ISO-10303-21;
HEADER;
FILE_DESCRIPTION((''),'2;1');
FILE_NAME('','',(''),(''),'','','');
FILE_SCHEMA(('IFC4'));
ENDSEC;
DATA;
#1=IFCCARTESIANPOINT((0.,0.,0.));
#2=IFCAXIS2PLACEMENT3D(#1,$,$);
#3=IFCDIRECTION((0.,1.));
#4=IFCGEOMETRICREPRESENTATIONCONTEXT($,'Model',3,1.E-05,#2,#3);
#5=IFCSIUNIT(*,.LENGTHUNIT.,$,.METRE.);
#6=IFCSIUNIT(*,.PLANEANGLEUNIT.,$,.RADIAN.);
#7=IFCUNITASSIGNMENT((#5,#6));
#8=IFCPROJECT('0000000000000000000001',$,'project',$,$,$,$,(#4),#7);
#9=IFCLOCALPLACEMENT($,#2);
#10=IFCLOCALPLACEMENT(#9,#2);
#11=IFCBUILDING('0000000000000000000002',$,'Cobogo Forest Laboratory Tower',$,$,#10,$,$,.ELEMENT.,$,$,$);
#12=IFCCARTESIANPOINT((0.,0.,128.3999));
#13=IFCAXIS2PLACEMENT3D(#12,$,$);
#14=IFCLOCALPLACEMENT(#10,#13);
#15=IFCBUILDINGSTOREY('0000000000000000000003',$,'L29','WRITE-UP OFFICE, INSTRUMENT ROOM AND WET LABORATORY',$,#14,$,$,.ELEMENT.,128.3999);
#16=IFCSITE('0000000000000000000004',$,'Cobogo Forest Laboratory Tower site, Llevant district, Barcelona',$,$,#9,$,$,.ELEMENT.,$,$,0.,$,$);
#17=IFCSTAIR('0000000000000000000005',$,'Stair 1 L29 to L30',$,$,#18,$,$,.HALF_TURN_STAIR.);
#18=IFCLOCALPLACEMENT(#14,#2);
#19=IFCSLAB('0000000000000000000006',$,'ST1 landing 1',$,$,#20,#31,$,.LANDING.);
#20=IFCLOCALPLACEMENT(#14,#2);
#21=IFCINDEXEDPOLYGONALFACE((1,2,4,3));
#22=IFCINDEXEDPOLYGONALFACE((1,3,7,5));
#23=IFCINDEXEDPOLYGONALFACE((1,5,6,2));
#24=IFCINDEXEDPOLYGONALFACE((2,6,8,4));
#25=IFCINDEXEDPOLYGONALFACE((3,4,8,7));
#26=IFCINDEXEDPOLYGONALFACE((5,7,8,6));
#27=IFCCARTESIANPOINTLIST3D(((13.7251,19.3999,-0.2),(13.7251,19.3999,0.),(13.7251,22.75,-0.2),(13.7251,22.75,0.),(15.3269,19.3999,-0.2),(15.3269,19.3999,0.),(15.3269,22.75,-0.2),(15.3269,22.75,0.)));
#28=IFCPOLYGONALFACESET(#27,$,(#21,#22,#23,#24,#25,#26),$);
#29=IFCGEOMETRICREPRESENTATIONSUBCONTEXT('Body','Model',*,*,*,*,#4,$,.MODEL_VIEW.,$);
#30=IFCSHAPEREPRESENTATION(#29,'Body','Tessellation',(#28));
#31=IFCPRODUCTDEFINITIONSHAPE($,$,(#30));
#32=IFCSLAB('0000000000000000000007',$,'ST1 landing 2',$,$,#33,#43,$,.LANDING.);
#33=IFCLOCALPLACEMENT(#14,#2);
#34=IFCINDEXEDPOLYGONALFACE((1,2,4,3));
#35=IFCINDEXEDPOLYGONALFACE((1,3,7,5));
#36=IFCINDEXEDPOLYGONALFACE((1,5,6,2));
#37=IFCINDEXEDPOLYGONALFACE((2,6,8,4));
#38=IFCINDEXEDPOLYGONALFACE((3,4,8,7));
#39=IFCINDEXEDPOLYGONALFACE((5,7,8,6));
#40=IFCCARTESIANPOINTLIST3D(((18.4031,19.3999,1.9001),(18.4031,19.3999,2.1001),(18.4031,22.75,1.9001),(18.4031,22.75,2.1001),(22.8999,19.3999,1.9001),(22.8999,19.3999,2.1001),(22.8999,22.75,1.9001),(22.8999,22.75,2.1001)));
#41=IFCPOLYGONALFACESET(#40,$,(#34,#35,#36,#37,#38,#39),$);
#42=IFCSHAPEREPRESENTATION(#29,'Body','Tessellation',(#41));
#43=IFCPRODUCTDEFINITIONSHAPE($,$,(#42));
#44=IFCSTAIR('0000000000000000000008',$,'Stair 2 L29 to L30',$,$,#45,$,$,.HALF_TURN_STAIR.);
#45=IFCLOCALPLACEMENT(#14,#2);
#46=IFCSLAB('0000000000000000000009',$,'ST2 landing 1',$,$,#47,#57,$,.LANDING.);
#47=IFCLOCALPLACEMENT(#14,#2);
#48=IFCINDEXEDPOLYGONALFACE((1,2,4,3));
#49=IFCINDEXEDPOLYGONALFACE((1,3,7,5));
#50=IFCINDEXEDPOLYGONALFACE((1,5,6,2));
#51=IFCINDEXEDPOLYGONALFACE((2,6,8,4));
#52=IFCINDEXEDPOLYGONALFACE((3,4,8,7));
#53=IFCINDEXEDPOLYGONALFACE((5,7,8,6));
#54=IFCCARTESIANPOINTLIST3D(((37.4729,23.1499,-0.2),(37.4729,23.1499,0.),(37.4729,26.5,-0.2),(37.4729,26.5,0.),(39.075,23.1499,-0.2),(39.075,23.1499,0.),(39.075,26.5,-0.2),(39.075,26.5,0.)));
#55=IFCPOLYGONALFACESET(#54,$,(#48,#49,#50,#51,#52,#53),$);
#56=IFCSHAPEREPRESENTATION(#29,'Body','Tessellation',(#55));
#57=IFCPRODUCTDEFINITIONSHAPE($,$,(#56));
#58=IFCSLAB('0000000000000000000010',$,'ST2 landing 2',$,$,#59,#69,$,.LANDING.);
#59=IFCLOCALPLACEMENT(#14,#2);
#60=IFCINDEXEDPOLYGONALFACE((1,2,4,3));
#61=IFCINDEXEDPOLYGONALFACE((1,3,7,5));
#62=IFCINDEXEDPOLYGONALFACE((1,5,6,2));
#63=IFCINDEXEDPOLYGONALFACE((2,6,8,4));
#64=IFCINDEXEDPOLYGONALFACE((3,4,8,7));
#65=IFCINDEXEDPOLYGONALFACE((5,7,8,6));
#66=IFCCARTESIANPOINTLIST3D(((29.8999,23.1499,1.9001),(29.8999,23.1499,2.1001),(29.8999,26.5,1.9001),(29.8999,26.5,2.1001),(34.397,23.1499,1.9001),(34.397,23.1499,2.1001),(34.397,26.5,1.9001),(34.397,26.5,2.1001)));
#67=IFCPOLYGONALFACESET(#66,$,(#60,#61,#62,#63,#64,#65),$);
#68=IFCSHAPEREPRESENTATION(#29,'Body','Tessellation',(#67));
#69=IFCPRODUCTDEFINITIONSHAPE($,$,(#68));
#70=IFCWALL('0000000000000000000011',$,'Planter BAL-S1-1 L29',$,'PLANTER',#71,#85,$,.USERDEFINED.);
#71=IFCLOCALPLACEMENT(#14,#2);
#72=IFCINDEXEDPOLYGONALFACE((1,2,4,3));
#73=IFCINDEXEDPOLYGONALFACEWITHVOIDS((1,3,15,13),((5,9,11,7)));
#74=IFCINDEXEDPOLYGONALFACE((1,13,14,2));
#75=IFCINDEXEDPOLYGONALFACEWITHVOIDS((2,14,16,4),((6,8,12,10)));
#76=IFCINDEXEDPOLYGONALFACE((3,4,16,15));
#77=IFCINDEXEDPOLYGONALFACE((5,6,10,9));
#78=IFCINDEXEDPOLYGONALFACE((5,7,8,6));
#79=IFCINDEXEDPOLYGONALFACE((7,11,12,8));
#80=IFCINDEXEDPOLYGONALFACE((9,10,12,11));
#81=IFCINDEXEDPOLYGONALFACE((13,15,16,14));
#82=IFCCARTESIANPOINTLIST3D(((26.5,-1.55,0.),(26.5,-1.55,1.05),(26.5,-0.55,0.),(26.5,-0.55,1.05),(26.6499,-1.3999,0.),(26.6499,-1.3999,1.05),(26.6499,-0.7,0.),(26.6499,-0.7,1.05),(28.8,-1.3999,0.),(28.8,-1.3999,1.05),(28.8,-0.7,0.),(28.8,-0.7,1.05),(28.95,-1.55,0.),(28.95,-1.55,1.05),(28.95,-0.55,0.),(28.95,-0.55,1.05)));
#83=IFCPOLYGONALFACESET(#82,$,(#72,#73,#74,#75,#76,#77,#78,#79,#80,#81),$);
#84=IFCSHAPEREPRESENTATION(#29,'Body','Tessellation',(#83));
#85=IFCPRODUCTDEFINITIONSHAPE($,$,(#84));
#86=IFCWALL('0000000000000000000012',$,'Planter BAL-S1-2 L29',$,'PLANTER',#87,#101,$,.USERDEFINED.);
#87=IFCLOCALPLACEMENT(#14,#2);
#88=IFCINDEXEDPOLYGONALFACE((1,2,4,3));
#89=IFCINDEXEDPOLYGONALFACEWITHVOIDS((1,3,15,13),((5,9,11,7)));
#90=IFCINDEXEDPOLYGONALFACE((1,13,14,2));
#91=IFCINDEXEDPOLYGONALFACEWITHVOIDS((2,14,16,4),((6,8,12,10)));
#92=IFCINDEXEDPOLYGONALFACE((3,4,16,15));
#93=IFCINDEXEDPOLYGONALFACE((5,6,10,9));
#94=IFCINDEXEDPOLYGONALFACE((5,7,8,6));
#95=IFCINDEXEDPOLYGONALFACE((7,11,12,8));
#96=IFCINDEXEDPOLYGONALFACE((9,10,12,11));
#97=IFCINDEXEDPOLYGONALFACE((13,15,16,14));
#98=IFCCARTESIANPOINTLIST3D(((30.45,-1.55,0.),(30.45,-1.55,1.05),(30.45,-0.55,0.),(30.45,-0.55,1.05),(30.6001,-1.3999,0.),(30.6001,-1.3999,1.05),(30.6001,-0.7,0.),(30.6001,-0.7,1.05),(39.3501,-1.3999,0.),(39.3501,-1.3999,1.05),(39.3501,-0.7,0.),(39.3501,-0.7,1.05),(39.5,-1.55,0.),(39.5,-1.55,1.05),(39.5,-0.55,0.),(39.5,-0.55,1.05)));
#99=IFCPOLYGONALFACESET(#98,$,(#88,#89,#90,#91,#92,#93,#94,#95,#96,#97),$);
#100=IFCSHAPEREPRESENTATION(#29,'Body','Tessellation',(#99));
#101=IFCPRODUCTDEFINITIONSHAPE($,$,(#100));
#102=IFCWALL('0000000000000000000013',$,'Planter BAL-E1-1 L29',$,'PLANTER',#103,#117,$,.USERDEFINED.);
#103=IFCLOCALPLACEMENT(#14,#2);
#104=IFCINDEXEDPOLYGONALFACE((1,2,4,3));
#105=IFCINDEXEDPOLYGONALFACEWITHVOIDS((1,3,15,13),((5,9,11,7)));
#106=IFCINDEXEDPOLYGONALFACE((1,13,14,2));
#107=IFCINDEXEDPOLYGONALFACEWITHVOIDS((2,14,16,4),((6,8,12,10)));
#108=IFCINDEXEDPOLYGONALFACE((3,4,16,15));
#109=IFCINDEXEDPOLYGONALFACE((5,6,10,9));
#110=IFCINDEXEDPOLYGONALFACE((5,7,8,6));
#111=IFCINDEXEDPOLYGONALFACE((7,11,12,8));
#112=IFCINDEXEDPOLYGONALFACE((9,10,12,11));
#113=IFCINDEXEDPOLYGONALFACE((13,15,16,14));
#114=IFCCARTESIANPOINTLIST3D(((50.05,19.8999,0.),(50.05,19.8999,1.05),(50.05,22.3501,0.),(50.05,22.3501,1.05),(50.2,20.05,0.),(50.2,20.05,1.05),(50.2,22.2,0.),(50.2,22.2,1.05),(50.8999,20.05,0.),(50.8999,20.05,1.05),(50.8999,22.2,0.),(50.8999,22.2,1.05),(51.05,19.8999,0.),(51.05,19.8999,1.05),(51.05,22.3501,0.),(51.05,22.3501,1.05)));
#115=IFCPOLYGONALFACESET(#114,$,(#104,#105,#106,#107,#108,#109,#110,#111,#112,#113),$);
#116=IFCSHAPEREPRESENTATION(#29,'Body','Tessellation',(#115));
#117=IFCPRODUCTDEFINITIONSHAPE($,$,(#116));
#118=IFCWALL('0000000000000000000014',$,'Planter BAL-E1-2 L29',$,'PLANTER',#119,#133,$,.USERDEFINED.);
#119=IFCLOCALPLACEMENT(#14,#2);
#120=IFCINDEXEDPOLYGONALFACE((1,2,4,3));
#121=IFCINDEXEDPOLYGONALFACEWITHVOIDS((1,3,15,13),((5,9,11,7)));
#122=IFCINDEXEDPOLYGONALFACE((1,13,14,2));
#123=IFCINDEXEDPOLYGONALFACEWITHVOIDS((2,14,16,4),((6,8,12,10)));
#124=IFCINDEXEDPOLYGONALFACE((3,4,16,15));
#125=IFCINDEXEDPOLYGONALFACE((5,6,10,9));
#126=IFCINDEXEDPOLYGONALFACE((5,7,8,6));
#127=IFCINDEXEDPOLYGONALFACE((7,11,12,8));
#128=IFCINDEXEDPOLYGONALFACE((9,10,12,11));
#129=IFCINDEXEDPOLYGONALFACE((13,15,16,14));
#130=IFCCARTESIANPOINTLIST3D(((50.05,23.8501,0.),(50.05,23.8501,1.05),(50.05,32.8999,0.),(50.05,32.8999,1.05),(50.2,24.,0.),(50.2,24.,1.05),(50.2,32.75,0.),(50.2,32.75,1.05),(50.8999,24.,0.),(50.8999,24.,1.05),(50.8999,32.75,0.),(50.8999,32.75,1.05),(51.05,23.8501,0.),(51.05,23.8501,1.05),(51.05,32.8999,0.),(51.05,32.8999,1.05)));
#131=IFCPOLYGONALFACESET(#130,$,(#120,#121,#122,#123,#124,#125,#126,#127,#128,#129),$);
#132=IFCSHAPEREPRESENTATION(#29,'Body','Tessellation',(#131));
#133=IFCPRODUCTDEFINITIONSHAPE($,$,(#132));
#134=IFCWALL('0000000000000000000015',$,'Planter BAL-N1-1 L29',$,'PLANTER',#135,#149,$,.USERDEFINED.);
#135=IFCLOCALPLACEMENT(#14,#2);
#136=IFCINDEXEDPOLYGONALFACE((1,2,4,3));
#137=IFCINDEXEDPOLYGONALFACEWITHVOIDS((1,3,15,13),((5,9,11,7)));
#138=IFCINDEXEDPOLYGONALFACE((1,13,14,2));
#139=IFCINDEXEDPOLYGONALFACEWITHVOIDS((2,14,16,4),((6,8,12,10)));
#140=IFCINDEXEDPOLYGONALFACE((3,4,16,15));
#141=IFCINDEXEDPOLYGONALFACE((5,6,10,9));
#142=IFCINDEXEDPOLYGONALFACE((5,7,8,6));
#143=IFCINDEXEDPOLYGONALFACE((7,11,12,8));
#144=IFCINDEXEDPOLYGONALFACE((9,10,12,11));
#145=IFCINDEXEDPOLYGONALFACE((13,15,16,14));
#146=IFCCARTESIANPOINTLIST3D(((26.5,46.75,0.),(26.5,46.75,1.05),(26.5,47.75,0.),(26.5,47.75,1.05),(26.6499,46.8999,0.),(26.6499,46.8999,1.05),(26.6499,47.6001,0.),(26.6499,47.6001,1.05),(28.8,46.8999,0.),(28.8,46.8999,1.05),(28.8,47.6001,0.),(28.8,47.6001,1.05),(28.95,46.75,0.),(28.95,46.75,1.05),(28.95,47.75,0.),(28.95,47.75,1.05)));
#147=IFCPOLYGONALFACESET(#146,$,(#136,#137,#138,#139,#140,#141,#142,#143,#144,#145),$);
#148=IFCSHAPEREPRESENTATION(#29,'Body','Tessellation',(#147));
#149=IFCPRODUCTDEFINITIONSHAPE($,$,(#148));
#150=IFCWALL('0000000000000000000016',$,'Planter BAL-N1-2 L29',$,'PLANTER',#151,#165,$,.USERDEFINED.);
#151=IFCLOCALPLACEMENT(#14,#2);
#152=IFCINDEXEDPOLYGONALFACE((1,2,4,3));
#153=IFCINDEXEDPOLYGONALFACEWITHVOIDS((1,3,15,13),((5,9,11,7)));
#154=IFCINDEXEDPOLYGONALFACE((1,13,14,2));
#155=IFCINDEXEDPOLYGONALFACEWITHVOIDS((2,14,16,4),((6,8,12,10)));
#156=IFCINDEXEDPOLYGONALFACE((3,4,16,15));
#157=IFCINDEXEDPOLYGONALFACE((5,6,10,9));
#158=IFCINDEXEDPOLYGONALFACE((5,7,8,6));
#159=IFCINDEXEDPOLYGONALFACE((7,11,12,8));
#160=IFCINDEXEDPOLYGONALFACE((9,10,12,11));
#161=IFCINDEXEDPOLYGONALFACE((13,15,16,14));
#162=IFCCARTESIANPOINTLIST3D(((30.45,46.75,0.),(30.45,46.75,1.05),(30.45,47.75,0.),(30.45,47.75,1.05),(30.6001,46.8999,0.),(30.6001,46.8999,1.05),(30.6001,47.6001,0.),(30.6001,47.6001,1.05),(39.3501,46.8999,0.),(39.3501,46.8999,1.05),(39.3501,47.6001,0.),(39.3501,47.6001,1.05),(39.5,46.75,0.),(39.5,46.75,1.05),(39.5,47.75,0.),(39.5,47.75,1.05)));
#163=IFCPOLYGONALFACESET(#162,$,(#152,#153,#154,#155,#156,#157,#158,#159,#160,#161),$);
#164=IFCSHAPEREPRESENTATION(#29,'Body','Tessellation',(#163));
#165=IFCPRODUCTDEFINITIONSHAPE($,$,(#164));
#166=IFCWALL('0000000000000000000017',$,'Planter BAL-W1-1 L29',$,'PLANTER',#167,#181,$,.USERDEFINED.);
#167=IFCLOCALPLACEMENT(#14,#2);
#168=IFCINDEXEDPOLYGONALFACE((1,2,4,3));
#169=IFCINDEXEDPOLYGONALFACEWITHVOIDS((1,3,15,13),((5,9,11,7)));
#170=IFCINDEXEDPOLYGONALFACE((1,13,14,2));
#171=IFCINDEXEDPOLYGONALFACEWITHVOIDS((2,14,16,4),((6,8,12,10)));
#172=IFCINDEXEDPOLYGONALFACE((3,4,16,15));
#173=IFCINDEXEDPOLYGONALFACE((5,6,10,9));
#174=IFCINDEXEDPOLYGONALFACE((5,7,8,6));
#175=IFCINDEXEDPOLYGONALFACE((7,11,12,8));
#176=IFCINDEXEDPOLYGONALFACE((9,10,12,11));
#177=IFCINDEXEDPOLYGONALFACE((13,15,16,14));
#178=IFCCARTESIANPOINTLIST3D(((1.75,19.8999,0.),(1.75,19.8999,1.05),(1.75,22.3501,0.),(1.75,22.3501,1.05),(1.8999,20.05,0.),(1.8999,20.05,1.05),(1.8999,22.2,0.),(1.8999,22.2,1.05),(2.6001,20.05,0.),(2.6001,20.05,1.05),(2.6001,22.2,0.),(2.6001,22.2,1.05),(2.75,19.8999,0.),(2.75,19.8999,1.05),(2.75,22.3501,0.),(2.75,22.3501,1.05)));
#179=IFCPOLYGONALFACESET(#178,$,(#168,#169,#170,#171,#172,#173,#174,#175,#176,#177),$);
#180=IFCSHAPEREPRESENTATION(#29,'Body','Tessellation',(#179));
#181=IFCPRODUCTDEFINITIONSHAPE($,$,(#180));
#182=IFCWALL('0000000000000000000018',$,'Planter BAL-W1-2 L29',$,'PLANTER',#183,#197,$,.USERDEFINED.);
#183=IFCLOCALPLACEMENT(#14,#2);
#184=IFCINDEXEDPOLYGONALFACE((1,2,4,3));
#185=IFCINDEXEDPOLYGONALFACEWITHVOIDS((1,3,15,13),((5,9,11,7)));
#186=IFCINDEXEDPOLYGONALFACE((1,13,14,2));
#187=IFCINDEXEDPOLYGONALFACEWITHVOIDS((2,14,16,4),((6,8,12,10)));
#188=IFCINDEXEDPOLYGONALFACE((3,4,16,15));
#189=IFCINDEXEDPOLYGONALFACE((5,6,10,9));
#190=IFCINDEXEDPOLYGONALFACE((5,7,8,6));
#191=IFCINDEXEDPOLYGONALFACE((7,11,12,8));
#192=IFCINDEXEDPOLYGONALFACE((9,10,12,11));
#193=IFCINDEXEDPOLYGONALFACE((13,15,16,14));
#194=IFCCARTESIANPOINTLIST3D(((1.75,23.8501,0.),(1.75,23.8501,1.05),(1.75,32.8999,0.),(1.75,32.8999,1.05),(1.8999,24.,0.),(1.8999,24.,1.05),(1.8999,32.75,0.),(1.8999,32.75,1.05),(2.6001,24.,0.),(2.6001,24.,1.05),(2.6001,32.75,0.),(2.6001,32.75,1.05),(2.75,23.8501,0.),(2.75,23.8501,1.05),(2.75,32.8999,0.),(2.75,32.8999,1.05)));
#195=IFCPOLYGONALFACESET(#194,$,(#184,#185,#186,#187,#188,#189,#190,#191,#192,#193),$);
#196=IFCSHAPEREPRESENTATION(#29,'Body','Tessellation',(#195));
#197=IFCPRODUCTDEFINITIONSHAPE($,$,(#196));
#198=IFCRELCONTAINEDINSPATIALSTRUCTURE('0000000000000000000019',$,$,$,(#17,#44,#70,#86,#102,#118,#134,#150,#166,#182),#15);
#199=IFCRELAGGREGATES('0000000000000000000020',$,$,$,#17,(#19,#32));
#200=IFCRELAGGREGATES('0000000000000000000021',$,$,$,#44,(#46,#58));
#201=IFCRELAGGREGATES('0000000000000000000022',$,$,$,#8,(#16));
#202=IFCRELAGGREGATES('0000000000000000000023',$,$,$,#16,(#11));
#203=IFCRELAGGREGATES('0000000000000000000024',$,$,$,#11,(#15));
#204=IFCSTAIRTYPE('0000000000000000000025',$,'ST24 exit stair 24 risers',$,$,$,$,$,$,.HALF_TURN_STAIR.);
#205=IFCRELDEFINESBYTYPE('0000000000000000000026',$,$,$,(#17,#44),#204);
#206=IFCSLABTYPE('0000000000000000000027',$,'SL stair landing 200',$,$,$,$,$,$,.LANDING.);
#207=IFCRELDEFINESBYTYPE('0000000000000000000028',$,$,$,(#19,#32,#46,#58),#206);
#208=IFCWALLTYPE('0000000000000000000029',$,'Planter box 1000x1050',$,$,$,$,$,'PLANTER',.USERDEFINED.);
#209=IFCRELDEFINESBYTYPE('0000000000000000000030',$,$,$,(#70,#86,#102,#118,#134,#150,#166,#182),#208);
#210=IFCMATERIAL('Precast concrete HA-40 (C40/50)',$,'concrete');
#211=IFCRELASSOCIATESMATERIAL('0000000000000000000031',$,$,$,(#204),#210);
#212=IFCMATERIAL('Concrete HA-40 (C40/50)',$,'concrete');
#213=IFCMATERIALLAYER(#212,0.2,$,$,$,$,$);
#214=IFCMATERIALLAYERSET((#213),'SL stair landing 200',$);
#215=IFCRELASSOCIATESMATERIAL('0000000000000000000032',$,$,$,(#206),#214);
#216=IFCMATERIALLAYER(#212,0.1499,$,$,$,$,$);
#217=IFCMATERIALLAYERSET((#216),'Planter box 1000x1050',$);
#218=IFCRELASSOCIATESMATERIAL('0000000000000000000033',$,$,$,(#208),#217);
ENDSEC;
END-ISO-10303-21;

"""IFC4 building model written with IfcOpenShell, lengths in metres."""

from ifc_helpers import new_model, si_unit, direction, frame, origin, place, context, subcontext, project, spatial, polyline, outline, extrude, material, layer, layer_set, type_object, element, aggregate, save


model = new_model("IFC4")

# Units and contexts
model_context = context("Model", 3, precision=1e-05, world=origin(), true_north=direction((0.0, 1.0)))
body_context = subcontext(model_context, "Body", "Model", "MODEL_VIEW")
ifc_project = project(units=[si_unit("LENGTHUNIT", "METRE"), si_unit("PLANEANGLEUNIT", "RADIAN")], contexts=[model_context])

# Site, building, storey
site_placement = place(None, origin())
site = spatial("IfcSite", under=ifc_project, at=site_placement, Name="Cobogo Forest Laboratory Tower site, Llevant district, Barcelona", CompositionType="ELEMENT", RefElevation=0.0)
building_placement = place(site_placement, origin())
building = spatial("IfcBuilding", under=site, at=building_placement, Name="Cobogo Forest Laboratory Tower", CompositionType="ELEMENT")
storey_placement = place(building_placement, frame((0.0, 0.0, 128.3999)))
storey = spatial("IfcBuildingStorey", under=building, at=storey_placement, Name="L29", Description="WRITE-UP OFFICE, INSTRUMENT ROOM AND WET LABORATORY", CompositionType="ELEMENT", Elevation=128.3999)

# Shared definitions
ifc_material_1 = material(Name="Concrete HA-40 (C40/50)", Category="concrete")

# Stairs, slabs
ifc_material_2 = material(Name="Precast concrete HA-40 (C40/50)", Category="concrete")
stair_type = type_object("IfcStairType", Name="ST24 exit stair 24 risers", PredefinedType="HALF_TURN_STAIR", material=ifc_material_2)
stair_1_placement = place(storey_placement, origin())
stair_1 = element("IfcStair", 1, at=stair_1_placement, inside=storey, type_object=stair_type, Name="Stair 1 L29 to L30", PredefinedType="HALF_TURN_STAIR")
ifc_layer_1 = layer(ifc_material_1, 0.2)
ifc_layer_set_1 = layer_set([ifc_layer_1], Name="SL stair landing 200")
slab_type_1 = type_object("IfcSlabType", Name="SL stair landing 200", PredefinedType="LANDING", material=ifc_layer_set_1)
slab_1_placement = place(storey_placement, frame((0.0, 0.0, -0.2)))
slab_1 = element("IfcSlab", 2, at=slab_1_placement, type_object=slab_type_1, Name="ST1 landing 1", PredefinedType="LANDING", context=body_context, shape_type="SweptSolid", body=[
    extrude(outline(polyline([(13.7251, 19.3999), (15.3269, 19.3999), (15.3269, 22.75), (13.7251, 22.75), (13.7251, 19.3999)])), origin(), (0.0, 0.0, 1.0), 0.2),
])
slab_2_placement = place(storey_placement, frame((0.0, 0.0, 1.9001)))
slab_2 = element("IfcSlab", 3, at=slab_2_placement, type_object=slab_type_1, Name="ST1 landing 2", PredefinedType="LANDING", context=body_context, shape_type="SweptSolid", body=[
    extrude(outline(polyline([(18.4031, 19.3999), (22.8999, 19.3999), (22.8999, 22.75), (18.4031, 22.75), (18.4031, 19.3999)])), origin(), (0.0, 0.0, 1.0), 0.2),
])
aggregate(stair_1, [slab_1, slab_2])
stair_2_placement = place(storey_placement, origin())
stair_2 = element("IfcStair", 4, at=stair_2_placement, inside=storey, type_object=stair_type, Name="Stair 2 L29 to L30", PredefinedType="HALF_TURN_STAIR")
slab_3_placement = place(storey_placement, frame((0.0, 0.0, -0.2)))
slab_3 = element("IfcSlab", 5, at=slab_3_placement, type_object=slab_type_1, Name="ST2 landing 1", PredefinedType="LANDING", context=body_context, shape_type="SweptSolid", body=[
    extrude(outline(polyline([(37.4729, 23.1499), (39.075, 23.1499), (39.075, 26.5), (37.4729, 26.5), (37.4729, 23.1499)])), origin(), (0.0, 0.0, 1.0), 0.2),
])
slab_4_placement = place(storey_placement, frame((0.0, 0.0, 1.9001)))
slab_4 = element("IfcSlab", 6, at=slab_4_placement, type_object=slab_type_1, Name="ST2 landing 2", PredefinedType="LANDING", context=body_context, shape_type="SweptSolid", body=[
    extrude(outline(polyline([(29.8999, 23.1499), (34.397, 23.1499), (34.397, 26.5), (29.8999, 26.5), (29.8999, 23.1499)])), origin(), (0.0, 0.0, 1.0), 0.2),
])
aggregate(stair_2, [slab_3, slab_4])

# Walls
ifc_layer_2 = layer(ifc_material_1, 0.1499)
ifc_layer_set_2 = layer_set([ifc_layer_2], Name="Planter box 1000x1050")
wall_type = type_object("IfcWallType", Name="Planter box 1000x1050", ElementType="PLANTER", PredefinedType="USERDEFINED", material=ifc_layer_set_2)
wall_1_placement = place(storey_placement, origin())
element("IfcWall", 7, at=wall_1_placement, inside=storey, type_object=wall_type, Name="Planter BAL-S1-1 L29", ObjectType="PLANTER", PredefinedType="USERDEFINED", context=body_context, shape_type="SweptSolid", body=[
    extrude(outline(polyline([(26.5, -1.55), (28.95, -1.55), (28.95, -0.55), (26.5, -0.55), (26.5, -1.55)]), holes=[polyline([(26.6499, -1.3999), (28.8, -1.3999), (28.8, -0.7), (26.6499, -0.7), (26.6499, -1.3999)])]), origin(), (0.0, 0.0, 1.0), 1.05),
])
wall_2_placement = place(storey_placement, origin())
element("IfcWall", 8, at=wall_2_placement, inside=storey, type_object=wall_type, Name="Planter BAL-S1-2 L29", ObjectType="PLANTER", PredefinedType="USERDEFINED", context=body_context, shape_type="SweptSolid", body=[
    extrude(outline(polyline([(30.45, -1.55), (39.5, -1.55), (39.5, -0.55), (30.45, -0.55), (30.45, -1.55)]), holes=[polyline([(30.6001, -1.3999), (39.3501, -1.3999), (39.3501, -0.7), (30.6001, -0.7), (30.6001, -1.3999)])]), origin(), (0.0, 0.0, 1.0), 1.05),
])
wall_3_placement = place(storey_placement, origin())
element("IfcWall", 9, at=wall_3_placement, inside=storey, type_object=wall_type, Name="Planter BAL-E1-1 L29", ObjectType="PLANTER", PredefinedType="USERDEFINED", context=body_context, shape_type="SweptSolid", body=[
    extrude(outline(polyline([(50.05, 19.8999), (51.05, 19.8999), (51.05, 22.3501), (50.05, 22.3501), (50.05, 19.8999)]), holes=[polyline([(50.2, 20.05), (50.8999, 20.05), (50.8999, 22.2), (50.2, 22.2), (50.2, 20.05)])]), origin(), (0.0, 0.0, 1.0), 1.05),
])
wall_4_placement = place(storey_placement, origin())
element("IfcWall", 10, at=wall_4_placement, inside=storey, type_object=wall_type, Name="Planter BAL-E1-2 L29", ObjectType="PLANTER", PredefinedType="USERDEFINED", context=body_context, shape_type="SweptSolid", body=[
    extrude(outline(polyline([(50.05, 23.8501), (51.05, 23.8501), (51.05, 32.8999), (50.05, 32.8999), (50.05, 23.8501)]), holes=[polyline([(50.2, 24.0), (50.8999, 24.0), (50.8999, 32.75), (50.2, 32.75), (50.2, 24.0)])]), origin(), (0.0, 0.0, 1.0), 1.05),
])
wall_5_placement = place(storey_placement, origin())
element("IfcWall", 11, at=wall_5_placement, inside=storey, type_object=wall_type, Name="Planter BAL-N1-1 L29", ObjectType="PLANTER", PredefinedType="USERDEFINED", context=body_context, shape_type="SweptSolid", body=[
    extrude(outline(polyline([(26.5, 46.75), (28.95, 46.75), (28.95, 47.75), (26.5, 47.75), (26.5, 46.75)]), holes=[polyline([(26.6499, 46.8999), (28.8, 46.8999), (28.8, 47.6001), (26.6499, 47.6001), (26.6499, 46.8999)])]), origin(), (0.0, 0.0, 1.0), 1.05),
])
wall_6_placement = place(storey_placement, origin())
element("IfcWall", 12, at=wall_6_placement, inside=storey, type_object=wall_type, Name="Planter BAL-N1-2 L29", ObjectType="PLANTER", PredefinedType="USERDEFINED", context=body_context, shape_type="SweptSolid", body=[
    extrude(outline(polyline([(30.45, 46.75), (39.5, 46.75), (39.5, 47.75), (30.45, 47.75), (30.45, 46.75)]), holes=[polyline([(30.6001, 46.8999), (39.3501, 46.8999), (39.3501, 47.6001), (30.6001, 47.6001), (30.6001, 46.8999)])]), origin(), (0.0, 0.0, 1.0), 1.05),
])
wall_7_placement = place(storey_placement, origin())
element("IfcWall", 13, at=wall_7_placement, inside=storey, type_object=wall_type, Name="Planter BAL-W1-1 L29", ObjectType="PLANTER", PredefinedType="USERDEFINED", context=body_context, shape_type="SweptSolid", body=[
    extrude(outline(polyline([(1.75, 19.8999), (2.75, 19.8999), (2.75, 22.3501), (1.75, 22.3501), (1.75, 19.8999)]), holes=[polyline([(1.8999, 20.05), (2.6001, 20.05), (2.6001, 22.2), (1.8999, 22.2), (1.8999, 20.05)])]), origin(), (0.0, 0.0, 1.0), 1.05),
])
wall_8_placement = place(storey_placement, origin())
element("IfcWall", 14, at=wall_8_placement, inside=storey, type_object=wall_type, Name="Planter BAL-W1-2 L29", ObjectType="PLANTER", PredefinedType="USERDEFINED", context=body_context, shape_type="SweptSolid", body=[
    extrude(outline(polyline([(1.75, 23.8501), (2.75, 23.8501), (2.75, 32.8999), (1.75, 32.8999), (1.75, 23.8501)]), holes=[polyline([(1.8999, 24.0), (2.6001, 24.0), (2.6001, 32.75), (1.8999, 32.75), (1.8999, 24.0)])]), origin(), (0.0, 0.0, 1.0), 1.05),
])

save(model, "model.ifc")
